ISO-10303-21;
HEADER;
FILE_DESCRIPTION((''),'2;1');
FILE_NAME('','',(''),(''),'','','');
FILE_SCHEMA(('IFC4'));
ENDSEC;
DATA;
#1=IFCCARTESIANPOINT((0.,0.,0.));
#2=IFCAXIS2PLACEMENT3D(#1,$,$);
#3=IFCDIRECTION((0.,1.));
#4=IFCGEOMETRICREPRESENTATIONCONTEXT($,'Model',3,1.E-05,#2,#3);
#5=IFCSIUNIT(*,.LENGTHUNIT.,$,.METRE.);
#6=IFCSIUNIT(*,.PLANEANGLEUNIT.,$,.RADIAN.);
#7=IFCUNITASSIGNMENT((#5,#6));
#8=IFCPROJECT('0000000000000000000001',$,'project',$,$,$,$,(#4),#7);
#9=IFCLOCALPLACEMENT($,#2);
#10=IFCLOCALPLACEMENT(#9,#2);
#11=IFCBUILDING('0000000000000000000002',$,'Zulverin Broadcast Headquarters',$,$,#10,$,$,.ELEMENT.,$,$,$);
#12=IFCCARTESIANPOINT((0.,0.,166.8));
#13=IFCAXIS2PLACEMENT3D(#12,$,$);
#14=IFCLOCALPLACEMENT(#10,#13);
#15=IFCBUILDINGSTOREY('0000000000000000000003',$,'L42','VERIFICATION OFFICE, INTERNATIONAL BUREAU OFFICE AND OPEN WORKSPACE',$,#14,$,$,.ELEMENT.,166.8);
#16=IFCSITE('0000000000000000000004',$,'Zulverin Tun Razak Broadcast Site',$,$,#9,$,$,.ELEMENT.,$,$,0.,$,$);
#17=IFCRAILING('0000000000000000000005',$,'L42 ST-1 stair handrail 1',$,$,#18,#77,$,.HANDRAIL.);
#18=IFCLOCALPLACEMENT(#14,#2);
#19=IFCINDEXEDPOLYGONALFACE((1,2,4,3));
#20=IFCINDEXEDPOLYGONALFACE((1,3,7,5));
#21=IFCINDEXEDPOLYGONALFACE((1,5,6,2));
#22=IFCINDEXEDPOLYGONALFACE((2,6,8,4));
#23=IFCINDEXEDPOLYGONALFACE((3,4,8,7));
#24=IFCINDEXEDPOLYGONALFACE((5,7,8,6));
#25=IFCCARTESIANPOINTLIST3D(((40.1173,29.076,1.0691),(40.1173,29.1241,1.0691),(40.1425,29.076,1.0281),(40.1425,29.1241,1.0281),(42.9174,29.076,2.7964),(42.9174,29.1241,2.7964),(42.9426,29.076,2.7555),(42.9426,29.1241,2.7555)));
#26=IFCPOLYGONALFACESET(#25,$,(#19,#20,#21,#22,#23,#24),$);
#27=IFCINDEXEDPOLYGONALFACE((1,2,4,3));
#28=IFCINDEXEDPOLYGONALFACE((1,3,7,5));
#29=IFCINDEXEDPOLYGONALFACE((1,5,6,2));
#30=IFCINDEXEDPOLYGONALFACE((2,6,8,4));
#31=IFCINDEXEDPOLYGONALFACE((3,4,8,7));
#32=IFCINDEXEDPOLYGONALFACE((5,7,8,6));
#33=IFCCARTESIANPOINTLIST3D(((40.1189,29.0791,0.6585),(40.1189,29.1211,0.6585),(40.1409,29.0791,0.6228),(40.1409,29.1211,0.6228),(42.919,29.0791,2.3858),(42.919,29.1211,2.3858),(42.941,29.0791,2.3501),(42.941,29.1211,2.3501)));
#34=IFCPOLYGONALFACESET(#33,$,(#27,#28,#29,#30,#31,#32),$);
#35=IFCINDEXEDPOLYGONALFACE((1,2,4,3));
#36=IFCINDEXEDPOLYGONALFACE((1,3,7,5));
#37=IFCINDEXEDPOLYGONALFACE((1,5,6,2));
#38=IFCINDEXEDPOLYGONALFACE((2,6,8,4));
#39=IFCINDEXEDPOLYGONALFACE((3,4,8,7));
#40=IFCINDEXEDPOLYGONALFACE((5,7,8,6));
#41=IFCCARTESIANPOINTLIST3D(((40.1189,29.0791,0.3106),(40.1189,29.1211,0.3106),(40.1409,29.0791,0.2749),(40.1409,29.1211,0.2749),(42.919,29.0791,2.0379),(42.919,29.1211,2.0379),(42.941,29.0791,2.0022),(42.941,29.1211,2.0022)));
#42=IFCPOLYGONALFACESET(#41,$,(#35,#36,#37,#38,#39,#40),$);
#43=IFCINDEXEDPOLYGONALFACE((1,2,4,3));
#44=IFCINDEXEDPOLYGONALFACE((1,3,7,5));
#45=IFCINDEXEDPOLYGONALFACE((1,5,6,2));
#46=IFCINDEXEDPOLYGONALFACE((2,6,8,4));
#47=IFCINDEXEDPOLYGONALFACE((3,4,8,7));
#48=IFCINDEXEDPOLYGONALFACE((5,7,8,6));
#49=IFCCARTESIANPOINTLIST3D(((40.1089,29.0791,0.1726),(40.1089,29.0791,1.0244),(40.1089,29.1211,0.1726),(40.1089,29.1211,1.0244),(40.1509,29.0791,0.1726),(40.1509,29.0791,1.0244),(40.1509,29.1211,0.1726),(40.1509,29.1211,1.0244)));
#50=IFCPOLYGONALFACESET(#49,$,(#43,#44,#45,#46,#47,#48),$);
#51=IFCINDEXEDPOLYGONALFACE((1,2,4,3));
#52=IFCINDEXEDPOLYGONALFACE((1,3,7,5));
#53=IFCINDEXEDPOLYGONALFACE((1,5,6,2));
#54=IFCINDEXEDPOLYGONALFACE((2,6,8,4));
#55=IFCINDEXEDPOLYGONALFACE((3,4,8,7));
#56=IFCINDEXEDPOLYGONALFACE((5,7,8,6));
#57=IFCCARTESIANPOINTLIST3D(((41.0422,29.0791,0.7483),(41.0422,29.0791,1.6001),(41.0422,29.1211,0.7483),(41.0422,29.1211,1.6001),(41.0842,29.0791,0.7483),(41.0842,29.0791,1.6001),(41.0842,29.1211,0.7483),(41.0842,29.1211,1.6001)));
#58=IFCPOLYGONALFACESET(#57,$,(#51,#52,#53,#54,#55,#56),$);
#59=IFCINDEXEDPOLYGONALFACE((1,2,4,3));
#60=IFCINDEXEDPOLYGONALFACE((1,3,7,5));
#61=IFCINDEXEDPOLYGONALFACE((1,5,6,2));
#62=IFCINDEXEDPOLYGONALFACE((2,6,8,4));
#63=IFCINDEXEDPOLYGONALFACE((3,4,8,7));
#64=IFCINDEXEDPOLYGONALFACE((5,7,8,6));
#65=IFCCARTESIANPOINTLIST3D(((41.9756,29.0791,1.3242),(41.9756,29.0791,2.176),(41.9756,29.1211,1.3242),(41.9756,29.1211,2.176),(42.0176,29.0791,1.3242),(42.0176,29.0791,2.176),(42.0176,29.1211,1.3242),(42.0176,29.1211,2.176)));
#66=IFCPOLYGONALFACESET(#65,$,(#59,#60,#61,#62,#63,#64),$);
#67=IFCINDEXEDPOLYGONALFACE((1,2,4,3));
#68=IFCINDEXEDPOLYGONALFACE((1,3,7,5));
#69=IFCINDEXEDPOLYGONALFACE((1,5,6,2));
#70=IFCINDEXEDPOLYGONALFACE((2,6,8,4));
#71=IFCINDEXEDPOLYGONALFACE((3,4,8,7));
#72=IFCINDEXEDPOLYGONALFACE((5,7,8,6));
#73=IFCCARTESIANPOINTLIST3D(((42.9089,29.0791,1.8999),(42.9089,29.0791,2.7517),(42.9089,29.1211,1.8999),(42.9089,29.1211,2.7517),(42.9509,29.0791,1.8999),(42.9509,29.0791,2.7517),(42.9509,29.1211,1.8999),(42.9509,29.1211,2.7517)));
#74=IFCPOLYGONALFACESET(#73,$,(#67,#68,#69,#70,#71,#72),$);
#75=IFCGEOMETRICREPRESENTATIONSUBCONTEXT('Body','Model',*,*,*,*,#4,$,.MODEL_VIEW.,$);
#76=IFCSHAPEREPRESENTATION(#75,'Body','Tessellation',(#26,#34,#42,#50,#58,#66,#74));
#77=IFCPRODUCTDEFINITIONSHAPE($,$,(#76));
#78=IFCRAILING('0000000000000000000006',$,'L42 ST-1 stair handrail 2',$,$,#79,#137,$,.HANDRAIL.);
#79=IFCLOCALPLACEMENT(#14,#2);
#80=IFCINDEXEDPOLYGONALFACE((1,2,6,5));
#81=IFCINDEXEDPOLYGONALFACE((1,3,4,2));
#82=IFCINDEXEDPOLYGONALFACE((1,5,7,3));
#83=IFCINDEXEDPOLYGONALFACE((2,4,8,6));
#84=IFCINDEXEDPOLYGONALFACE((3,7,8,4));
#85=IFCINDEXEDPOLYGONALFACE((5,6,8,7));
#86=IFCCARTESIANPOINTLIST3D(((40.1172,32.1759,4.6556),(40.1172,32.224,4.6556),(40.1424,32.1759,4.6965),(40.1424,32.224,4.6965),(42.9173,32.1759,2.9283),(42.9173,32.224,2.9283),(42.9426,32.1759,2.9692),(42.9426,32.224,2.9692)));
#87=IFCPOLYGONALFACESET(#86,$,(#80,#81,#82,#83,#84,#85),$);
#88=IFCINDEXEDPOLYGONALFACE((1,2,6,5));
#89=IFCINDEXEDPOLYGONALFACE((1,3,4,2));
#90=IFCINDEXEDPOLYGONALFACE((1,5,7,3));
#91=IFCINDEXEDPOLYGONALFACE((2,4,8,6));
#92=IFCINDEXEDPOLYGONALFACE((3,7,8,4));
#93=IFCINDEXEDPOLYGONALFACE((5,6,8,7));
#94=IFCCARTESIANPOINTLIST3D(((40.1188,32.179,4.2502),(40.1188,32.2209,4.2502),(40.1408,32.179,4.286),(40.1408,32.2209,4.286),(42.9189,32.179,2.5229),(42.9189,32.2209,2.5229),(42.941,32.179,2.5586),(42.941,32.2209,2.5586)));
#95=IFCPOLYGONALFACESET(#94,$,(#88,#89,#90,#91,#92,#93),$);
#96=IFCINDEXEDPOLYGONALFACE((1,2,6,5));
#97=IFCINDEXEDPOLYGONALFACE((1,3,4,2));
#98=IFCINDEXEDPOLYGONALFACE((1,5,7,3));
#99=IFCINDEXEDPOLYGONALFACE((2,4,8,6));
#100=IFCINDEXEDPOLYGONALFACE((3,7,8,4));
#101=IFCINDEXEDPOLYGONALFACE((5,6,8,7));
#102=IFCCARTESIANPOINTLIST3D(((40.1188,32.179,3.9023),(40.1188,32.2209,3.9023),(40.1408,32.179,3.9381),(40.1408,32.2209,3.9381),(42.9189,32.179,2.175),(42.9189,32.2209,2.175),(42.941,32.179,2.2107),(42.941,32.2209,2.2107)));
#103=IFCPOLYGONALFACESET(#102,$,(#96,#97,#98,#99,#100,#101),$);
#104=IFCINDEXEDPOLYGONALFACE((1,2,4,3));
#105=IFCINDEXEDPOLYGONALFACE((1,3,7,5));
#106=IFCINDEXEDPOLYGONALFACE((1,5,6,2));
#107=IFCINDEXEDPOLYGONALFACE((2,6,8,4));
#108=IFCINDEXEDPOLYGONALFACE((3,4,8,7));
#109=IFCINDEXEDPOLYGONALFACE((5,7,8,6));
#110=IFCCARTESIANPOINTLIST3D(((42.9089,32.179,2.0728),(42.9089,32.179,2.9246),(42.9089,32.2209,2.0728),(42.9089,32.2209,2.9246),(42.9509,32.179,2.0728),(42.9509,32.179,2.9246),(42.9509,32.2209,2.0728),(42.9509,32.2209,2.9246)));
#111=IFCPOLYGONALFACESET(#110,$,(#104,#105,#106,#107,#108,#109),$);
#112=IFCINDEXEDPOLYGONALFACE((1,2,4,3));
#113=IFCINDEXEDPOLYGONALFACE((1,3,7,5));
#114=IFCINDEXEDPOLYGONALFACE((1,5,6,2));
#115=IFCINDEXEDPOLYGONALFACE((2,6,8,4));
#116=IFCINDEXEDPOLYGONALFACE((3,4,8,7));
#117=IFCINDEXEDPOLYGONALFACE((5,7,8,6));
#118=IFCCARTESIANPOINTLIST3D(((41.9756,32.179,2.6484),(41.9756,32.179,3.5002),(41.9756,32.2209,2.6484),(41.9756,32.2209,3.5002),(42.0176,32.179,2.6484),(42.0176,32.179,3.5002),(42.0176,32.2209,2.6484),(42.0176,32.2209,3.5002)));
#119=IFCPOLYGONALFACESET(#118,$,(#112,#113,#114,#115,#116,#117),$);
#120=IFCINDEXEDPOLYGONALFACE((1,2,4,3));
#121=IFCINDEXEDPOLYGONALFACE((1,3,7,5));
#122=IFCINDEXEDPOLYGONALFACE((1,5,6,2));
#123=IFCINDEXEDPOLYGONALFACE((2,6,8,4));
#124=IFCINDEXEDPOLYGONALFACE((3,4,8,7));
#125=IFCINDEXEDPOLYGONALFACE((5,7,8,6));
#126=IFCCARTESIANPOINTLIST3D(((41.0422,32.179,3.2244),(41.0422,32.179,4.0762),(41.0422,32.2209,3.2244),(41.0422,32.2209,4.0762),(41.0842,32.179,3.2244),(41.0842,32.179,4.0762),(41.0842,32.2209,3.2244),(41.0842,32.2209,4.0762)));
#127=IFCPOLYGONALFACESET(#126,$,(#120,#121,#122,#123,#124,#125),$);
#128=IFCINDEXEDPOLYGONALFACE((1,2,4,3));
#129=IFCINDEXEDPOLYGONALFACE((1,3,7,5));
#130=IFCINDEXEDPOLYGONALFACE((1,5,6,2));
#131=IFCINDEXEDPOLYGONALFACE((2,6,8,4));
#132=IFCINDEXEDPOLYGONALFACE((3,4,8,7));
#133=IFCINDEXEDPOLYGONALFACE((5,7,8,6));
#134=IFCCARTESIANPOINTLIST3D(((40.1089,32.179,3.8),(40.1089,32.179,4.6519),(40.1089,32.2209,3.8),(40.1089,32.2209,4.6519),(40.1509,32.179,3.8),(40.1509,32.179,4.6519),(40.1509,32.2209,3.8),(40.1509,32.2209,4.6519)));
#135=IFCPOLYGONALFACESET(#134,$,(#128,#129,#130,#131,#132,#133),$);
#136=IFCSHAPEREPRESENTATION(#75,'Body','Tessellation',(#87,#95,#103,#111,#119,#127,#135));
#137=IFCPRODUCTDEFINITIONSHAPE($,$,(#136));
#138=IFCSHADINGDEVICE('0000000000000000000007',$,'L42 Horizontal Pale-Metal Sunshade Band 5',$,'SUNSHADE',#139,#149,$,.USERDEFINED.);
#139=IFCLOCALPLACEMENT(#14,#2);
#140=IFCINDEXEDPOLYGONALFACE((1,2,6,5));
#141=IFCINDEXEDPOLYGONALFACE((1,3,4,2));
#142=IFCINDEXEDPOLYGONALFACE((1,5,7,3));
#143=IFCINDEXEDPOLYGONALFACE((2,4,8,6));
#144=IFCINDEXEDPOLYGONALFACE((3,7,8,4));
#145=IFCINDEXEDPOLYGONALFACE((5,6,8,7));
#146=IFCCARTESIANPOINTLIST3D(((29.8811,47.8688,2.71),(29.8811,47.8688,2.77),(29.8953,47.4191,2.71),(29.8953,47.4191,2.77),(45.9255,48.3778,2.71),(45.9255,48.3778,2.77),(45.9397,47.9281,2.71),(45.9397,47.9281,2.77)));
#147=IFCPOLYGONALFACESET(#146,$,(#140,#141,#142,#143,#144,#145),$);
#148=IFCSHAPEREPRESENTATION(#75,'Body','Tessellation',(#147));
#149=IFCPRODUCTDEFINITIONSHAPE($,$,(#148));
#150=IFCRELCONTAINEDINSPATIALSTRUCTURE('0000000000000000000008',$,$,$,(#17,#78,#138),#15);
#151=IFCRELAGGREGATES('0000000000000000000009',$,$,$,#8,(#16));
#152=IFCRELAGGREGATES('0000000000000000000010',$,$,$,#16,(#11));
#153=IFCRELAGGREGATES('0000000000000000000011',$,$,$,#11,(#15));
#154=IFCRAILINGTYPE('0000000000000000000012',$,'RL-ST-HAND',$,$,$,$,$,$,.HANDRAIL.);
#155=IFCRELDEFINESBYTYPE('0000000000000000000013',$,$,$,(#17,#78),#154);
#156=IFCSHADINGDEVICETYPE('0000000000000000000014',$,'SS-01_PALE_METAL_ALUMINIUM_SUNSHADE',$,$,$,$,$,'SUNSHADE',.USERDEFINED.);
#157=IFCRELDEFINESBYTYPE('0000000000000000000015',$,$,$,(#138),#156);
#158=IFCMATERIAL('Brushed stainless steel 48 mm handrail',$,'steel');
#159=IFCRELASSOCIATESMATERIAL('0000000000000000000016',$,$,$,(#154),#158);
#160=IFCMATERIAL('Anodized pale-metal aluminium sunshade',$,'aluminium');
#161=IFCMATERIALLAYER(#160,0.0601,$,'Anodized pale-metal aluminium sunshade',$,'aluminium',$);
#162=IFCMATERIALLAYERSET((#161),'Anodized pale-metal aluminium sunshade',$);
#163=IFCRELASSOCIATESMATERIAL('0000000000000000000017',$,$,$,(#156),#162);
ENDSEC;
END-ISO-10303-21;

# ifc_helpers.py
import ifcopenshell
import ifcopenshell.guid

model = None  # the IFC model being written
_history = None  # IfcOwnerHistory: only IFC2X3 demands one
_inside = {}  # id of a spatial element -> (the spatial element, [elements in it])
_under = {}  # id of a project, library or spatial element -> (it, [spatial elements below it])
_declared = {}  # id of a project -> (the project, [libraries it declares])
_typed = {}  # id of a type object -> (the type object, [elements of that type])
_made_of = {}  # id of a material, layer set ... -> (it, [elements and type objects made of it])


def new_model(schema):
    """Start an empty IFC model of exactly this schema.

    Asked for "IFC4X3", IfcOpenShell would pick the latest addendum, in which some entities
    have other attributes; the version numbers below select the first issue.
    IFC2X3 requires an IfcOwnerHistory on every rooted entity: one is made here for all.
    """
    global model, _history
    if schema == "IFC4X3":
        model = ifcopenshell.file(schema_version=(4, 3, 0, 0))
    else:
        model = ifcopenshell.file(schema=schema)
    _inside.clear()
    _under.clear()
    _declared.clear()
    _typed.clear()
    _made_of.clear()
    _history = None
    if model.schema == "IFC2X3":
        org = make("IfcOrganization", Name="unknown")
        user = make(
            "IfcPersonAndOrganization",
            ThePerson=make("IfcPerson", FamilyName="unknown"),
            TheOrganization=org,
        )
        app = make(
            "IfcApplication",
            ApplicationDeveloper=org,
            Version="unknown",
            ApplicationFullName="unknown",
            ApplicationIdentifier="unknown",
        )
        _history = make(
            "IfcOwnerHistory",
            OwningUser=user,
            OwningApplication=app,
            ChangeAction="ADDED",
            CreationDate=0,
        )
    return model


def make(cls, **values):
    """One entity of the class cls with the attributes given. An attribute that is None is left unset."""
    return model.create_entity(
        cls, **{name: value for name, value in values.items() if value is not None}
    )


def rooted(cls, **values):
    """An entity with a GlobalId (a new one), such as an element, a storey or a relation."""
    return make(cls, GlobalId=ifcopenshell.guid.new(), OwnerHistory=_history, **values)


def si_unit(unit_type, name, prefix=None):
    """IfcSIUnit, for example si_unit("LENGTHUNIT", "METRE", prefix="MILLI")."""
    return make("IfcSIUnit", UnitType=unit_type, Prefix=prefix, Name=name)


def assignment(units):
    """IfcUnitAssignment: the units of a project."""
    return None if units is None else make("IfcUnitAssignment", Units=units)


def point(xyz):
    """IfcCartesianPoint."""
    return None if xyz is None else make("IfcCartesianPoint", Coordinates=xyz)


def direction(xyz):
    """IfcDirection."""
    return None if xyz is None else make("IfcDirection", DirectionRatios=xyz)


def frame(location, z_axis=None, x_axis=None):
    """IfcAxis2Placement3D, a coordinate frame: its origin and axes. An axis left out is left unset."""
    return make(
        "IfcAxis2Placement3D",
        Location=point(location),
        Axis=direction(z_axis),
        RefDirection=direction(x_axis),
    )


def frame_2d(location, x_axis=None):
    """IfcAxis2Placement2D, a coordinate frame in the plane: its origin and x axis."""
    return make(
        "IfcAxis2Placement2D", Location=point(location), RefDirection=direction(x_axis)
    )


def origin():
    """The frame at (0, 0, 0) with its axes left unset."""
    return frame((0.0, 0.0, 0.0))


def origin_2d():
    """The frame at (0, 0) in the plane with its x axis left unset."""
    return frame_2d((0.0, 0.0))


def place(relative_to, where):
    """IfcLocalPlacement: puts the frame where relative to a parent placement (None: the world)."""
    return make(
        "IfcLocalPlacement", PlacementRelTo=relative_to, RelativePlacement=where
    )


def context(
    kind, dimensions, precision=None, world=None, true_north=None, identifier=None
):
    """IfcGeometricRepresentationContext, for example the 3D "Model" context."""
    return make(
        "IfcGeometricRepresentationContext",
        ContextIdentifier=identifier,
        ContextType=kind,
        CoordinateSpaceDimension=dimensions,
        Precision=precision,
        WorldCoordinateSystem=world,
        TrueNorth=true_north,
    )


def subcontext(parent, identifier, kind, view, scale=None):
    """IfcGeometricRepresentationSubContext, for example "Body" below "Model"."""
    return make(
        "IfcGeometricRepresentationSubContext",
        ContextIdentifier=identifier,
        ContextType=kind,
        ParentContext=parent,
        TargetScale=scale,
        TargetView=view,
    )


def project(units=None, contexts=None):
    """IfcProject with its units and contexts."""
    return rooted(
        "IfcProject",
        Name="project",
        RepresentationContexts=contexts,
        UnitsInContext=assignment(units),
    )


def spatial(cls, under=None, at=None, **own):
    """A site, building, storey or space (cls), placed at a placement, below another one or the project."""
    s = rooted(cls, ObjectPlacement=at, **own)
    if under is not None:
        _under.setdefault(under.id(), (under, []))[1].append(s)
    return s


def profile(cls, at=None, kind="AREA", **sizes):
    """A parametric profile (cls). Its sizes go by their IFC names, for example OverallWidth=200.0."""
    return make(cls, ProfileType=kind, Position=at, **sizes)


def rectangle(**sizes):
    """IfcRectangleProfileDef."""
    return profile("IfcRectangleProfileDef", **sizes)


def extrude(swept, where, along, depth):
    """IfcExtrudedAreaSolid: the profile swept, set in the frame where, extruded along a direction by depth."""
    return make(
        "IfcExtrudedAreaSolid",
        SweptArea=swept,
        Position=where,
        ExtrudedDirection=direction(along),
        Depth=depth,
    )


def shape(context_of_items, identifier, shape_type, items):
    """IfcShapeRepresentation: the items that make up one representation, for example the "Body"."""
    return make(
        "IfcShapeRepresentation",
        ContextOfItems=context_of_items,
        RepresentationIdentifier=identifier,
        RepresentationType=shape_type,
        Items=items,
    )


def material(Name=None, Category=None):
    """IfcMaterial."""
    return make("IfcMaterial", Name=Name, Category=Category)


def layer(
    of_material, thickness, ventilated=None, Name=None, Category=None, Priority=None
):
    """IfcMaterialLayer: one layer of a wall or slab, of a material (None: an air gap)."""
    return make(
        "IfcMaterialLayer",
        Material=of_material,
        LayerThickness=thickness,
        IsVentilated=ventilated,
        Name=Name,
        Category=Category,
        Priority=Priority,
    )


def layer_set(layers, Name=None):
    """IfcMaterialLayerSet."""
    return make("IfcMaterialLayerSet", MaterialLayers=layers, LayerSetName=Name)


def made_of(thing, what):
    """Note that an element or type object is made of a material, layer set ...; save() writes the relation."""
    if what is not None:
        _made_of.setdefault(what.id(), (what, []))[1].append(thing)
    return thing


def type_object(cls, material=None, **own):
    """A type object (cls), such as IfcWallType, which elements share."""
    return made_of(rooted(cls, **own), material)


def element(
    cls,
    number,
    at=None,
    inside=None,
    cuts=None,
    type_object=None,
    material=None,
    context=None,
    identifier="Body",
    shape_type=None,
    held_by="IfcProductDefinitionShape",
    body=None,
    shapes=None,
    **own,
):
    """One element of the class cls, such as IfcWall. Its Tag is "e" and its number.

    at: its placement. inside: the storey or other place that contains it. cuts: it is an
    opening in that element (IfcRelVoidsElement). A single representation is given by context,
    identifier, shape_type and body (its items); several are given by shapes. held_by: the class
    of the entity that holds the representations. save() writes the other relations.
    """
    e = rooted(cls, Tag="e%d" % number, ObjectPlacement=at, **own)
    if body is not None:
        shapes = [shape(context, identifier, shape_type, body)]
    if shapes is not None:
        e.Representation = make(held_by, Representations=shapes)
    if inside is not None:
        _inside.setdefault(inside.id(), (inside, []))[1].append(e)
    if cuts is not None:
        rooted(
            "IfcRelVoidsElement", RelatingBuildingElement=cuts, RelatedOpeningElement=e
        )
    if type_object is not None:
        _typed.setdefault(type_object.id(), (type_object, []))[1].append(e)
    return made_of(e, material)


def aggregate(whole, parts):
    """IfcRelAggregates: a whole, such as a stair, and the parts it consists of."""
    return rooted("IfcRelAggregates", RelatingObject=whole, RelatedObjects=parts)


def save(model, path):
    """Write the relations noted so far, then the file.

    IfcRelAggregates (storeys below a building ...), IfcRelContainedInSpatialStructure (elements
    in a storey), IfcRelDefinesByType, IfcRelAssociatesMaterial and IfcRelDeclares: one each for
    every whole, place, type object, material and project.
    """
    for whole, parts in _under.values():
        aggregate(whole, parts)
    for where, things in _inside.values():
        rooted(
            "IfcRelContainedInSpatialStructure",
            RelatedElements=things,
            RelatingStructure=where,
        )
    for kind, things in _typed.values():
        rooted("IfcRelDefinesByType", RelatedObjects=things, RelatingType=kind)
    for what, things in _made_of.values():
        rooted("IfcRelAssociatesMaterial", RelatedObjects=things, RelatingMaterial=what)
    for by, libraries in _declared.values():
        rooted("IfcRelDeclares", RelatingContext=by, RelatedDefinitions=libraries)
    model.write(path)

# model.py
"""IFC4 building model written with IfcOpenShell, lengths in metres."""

from ifc_helpers import new_model, si_unit, direction, frame, origin, origin_2d, place, context, subcontext, project, spatial, rectangle, extrude, material, layer, layer_set, type_object, element, save


model = new_model("IFC4")

# Units and contexts
model_context = context("Model", 3, precision=1e-05, world=origin(), true_north=direction((0.0, 1.0)))
body_context = subcontext(model_context, "Body", "Model", "MODEL_VIEW")
ifc_project = project(units=[si_unit("LENGTHUNIT", "METRE"), si_unit("PLANEANGLEUNIT", "RADIAN")], contexts=[model_context])

# Site, building, storey
site_placement = place(None, origin())
site = spatial("IfcSite", under=ifc_project, at=site_placement, Name="Zulverin Tun Razak Broadcast Site", CompositionType="ELEMENT", RefElevation=0.0)
building_placement = place(site_placement, origin())
building = spatial("IfcBuilding", under=site, at=building_placement, Name="Zulverin Broadcast Headquarters", CompositionType="ELEMENT")
storey_placement = place(building_placement, frame((0.0, 0.0, 166.8)))
storey = spatial("IfcBuildingStorey", under=building, at=storey_placement, Name="L42", Description="VERIFICATION OFFICE, INTERNATIONAL BUREAU OFFICE AND OPEN WORKSPACE", CompositionType="ELEMENT", Elevation=166.8)

# Railings
ifc_material_1 = material(Name="Brushed stainless steel 48 mm handrail", Category="steel")
railing_type_1 = type_object("IfcRailingType", Name="RL-ST-HAND", PredefinedType="HANDRAIL", material=ifc_material_1)
railing_1_placement = place(storey_placement, frame((40.1299, 29.1001, 0.1726)))
element("IfcRailing", 1, at=railing_1_placement, inside=storey, type_object=railing_type_1, Name="L42 ST-1 stair handrail 1", PredefinedType="HANDRAIL", context=body_context, shape_type="SweptSolid", body=[
    extrude(rectangle(XDim=0.0481, YDim=0.0481, at=origin_2d()), frame((0.0, 0.0, 0.876), z_axis=(0.85109, 0.0, 0.52502), x_axis=(0.0, 1.0, 0.0)), (0.0, 0.0, 1.0), 3.29),
    extrude(rectangle(XDim=0.042, YDim=0.042, at=origin_2d()), frame((0.0, 0.0, 0.468), z_axis=(0.85109, 0.0, 0.52502), x_axis=(0.0, 1.0, 0.0)), (0.0, 0.0, 1.0), 3.29),
    extrude(rectangle(XDim=0.042, YDim=0.042, at=origin_2d()), frame((0.0, 0.0, 0.1201), z_axis=(0.85109, 0.0, 0.52502), x_axis=(0.0, 1.0, 0.0)), (0.0, 0.0, 1.0), 3.29),
    extrude(rectangle(XDim=0.042, YDim=0.042, at=origin_2d()), origin(), (0.0, 0.0, 1.0), 0.8518),
    extrude(rectangle(XDim=0.042, YDim=0.042, at=origin_2d()), frame((0.9333, 0.0, 0.5757)), (0.0, 0.0, 1.0), 0.8518),
    extrude(rectangle(XDim=0.042, YDim=0.042, at=origin_2d()), frame((1.8667, 0.0, 1.1516)), (0.0, 0.0, 1.0), 0.8518),
    extrude(rectangle(XDim=0.042, YDim=0.042, at=origin_2d()), frame((2.8, 0.0, 1.7273)), (0.0, 0.0, 1.0), 0.8518),
])
railing_2_placement = place(storey_placement, frame((42.9299, 32.2, 2.0728)))
element("IfcRailing", 2, at=railing_2_placement, inside=storey, type_object=railing_type_1, Name="L42 ST-1 stair handrail 2", PredefinedType="HANDRAIL", context=body_context, shape_type="SweptSolid", body=[
    extrude(rectangle(XDim=0.0481, YDim=0.0481, at=origin_2d()), frame((0.0, 0.0, 0.876), z_axis=(-0.85109, 0.0, 0.52502), x_axis=(0.0, -1.0, 0.0)), (0.0, 0.0, 1.0), 3.29),
    extrude(rectangle(XDim=0.042, YDim=0.042, at=origin_2d()), frame((0.0, 0.0, 0.468), z_axis=(-0.85109, 0.0, 0.52502), x_axis=(0.0, -1.0, 0.0)), (0.0, 0.0, 1.0), 3.29),
    extrude(rectangle(XDim=0.042, YDim=0.042, at=origin_2d()), frame((0.0, 0.0, 0.1201), z_axis=(-0.85109, 0.0, 0.52502), x_axis=(0.0, -1.0, 0.0)), (0.0, 0.0, 1.0), 3.29),
    extrude(rectangle(XDim=0.042, YDim=0.042, at=origin_2d()), origin(), (0.0, 0.0, 1.0), 0.8518),
    extrude(rectangle(XDim=0.042, YDim=0.042, at=origin_2d()), frame((-0.9333, 0.0, 0.5757)), (0.0, 0.0, 1.0), 0.8518),
    extrude(rectangle(XDim=0.042, YDim=0.042, at=origin_2d()), frame((-1.8667, 0.0, 1.1516)), (0.0, 0.0, 1.0), 0.8518),
    extrude(rectangle(XDim=0.042, YDim=0.042, at=origin_2d()), frame((-2.8, 0.0, 1.7273)), (0.0, 0.0, 1.0), 0.8518),
])

# Shading device
ifc_material_2 = material(Name="Anodized pale-metal aluminium sunshade", Category="aluminium")
ifc_layer_1 = layer(ifc_material_2, 0.0601, Name="Anodized pale-metal aluminium sunshade", Category="aluminium")
ifc_layer_set_1 = layer_set([ifc_layer_1], Name="Anodized pale-metal aluminium sunshade")
shading_device_type = type_object("IfcShadingDeviceType", Name="SS-01_PALE_METAL_ALUMINIUM_SUNSHADE", ElementType="SUNSHADE", PredefinedType="USERDEFINED", material=ifc_layer_set_1)
shading_device_placement = place(storey_placement, frame((37.9104, 47.8984, 2.71), z_axis=(0.0, 0.0, 1.0), x_axis=(-0.999497, -0.031709, 0.0)))
element("IfcShadingDevice", 3, at=shading_device_placement, inside=storey, type_object=shading_device_type, Name="L42 Horizontal Pale-Metal Sunshade Band 5", ObjectType="SUNSHADE", PredefinedType="USERDEFINED", context=body_context, shape_type="SweptSolid", body=[
    extrude(rectangle(XDim=16.0525, YDim=0.45, at=origin_2d()), origin(), (0.0, 0.0, 1.0), 0.0601),
])

save(model, "model.ifc")
